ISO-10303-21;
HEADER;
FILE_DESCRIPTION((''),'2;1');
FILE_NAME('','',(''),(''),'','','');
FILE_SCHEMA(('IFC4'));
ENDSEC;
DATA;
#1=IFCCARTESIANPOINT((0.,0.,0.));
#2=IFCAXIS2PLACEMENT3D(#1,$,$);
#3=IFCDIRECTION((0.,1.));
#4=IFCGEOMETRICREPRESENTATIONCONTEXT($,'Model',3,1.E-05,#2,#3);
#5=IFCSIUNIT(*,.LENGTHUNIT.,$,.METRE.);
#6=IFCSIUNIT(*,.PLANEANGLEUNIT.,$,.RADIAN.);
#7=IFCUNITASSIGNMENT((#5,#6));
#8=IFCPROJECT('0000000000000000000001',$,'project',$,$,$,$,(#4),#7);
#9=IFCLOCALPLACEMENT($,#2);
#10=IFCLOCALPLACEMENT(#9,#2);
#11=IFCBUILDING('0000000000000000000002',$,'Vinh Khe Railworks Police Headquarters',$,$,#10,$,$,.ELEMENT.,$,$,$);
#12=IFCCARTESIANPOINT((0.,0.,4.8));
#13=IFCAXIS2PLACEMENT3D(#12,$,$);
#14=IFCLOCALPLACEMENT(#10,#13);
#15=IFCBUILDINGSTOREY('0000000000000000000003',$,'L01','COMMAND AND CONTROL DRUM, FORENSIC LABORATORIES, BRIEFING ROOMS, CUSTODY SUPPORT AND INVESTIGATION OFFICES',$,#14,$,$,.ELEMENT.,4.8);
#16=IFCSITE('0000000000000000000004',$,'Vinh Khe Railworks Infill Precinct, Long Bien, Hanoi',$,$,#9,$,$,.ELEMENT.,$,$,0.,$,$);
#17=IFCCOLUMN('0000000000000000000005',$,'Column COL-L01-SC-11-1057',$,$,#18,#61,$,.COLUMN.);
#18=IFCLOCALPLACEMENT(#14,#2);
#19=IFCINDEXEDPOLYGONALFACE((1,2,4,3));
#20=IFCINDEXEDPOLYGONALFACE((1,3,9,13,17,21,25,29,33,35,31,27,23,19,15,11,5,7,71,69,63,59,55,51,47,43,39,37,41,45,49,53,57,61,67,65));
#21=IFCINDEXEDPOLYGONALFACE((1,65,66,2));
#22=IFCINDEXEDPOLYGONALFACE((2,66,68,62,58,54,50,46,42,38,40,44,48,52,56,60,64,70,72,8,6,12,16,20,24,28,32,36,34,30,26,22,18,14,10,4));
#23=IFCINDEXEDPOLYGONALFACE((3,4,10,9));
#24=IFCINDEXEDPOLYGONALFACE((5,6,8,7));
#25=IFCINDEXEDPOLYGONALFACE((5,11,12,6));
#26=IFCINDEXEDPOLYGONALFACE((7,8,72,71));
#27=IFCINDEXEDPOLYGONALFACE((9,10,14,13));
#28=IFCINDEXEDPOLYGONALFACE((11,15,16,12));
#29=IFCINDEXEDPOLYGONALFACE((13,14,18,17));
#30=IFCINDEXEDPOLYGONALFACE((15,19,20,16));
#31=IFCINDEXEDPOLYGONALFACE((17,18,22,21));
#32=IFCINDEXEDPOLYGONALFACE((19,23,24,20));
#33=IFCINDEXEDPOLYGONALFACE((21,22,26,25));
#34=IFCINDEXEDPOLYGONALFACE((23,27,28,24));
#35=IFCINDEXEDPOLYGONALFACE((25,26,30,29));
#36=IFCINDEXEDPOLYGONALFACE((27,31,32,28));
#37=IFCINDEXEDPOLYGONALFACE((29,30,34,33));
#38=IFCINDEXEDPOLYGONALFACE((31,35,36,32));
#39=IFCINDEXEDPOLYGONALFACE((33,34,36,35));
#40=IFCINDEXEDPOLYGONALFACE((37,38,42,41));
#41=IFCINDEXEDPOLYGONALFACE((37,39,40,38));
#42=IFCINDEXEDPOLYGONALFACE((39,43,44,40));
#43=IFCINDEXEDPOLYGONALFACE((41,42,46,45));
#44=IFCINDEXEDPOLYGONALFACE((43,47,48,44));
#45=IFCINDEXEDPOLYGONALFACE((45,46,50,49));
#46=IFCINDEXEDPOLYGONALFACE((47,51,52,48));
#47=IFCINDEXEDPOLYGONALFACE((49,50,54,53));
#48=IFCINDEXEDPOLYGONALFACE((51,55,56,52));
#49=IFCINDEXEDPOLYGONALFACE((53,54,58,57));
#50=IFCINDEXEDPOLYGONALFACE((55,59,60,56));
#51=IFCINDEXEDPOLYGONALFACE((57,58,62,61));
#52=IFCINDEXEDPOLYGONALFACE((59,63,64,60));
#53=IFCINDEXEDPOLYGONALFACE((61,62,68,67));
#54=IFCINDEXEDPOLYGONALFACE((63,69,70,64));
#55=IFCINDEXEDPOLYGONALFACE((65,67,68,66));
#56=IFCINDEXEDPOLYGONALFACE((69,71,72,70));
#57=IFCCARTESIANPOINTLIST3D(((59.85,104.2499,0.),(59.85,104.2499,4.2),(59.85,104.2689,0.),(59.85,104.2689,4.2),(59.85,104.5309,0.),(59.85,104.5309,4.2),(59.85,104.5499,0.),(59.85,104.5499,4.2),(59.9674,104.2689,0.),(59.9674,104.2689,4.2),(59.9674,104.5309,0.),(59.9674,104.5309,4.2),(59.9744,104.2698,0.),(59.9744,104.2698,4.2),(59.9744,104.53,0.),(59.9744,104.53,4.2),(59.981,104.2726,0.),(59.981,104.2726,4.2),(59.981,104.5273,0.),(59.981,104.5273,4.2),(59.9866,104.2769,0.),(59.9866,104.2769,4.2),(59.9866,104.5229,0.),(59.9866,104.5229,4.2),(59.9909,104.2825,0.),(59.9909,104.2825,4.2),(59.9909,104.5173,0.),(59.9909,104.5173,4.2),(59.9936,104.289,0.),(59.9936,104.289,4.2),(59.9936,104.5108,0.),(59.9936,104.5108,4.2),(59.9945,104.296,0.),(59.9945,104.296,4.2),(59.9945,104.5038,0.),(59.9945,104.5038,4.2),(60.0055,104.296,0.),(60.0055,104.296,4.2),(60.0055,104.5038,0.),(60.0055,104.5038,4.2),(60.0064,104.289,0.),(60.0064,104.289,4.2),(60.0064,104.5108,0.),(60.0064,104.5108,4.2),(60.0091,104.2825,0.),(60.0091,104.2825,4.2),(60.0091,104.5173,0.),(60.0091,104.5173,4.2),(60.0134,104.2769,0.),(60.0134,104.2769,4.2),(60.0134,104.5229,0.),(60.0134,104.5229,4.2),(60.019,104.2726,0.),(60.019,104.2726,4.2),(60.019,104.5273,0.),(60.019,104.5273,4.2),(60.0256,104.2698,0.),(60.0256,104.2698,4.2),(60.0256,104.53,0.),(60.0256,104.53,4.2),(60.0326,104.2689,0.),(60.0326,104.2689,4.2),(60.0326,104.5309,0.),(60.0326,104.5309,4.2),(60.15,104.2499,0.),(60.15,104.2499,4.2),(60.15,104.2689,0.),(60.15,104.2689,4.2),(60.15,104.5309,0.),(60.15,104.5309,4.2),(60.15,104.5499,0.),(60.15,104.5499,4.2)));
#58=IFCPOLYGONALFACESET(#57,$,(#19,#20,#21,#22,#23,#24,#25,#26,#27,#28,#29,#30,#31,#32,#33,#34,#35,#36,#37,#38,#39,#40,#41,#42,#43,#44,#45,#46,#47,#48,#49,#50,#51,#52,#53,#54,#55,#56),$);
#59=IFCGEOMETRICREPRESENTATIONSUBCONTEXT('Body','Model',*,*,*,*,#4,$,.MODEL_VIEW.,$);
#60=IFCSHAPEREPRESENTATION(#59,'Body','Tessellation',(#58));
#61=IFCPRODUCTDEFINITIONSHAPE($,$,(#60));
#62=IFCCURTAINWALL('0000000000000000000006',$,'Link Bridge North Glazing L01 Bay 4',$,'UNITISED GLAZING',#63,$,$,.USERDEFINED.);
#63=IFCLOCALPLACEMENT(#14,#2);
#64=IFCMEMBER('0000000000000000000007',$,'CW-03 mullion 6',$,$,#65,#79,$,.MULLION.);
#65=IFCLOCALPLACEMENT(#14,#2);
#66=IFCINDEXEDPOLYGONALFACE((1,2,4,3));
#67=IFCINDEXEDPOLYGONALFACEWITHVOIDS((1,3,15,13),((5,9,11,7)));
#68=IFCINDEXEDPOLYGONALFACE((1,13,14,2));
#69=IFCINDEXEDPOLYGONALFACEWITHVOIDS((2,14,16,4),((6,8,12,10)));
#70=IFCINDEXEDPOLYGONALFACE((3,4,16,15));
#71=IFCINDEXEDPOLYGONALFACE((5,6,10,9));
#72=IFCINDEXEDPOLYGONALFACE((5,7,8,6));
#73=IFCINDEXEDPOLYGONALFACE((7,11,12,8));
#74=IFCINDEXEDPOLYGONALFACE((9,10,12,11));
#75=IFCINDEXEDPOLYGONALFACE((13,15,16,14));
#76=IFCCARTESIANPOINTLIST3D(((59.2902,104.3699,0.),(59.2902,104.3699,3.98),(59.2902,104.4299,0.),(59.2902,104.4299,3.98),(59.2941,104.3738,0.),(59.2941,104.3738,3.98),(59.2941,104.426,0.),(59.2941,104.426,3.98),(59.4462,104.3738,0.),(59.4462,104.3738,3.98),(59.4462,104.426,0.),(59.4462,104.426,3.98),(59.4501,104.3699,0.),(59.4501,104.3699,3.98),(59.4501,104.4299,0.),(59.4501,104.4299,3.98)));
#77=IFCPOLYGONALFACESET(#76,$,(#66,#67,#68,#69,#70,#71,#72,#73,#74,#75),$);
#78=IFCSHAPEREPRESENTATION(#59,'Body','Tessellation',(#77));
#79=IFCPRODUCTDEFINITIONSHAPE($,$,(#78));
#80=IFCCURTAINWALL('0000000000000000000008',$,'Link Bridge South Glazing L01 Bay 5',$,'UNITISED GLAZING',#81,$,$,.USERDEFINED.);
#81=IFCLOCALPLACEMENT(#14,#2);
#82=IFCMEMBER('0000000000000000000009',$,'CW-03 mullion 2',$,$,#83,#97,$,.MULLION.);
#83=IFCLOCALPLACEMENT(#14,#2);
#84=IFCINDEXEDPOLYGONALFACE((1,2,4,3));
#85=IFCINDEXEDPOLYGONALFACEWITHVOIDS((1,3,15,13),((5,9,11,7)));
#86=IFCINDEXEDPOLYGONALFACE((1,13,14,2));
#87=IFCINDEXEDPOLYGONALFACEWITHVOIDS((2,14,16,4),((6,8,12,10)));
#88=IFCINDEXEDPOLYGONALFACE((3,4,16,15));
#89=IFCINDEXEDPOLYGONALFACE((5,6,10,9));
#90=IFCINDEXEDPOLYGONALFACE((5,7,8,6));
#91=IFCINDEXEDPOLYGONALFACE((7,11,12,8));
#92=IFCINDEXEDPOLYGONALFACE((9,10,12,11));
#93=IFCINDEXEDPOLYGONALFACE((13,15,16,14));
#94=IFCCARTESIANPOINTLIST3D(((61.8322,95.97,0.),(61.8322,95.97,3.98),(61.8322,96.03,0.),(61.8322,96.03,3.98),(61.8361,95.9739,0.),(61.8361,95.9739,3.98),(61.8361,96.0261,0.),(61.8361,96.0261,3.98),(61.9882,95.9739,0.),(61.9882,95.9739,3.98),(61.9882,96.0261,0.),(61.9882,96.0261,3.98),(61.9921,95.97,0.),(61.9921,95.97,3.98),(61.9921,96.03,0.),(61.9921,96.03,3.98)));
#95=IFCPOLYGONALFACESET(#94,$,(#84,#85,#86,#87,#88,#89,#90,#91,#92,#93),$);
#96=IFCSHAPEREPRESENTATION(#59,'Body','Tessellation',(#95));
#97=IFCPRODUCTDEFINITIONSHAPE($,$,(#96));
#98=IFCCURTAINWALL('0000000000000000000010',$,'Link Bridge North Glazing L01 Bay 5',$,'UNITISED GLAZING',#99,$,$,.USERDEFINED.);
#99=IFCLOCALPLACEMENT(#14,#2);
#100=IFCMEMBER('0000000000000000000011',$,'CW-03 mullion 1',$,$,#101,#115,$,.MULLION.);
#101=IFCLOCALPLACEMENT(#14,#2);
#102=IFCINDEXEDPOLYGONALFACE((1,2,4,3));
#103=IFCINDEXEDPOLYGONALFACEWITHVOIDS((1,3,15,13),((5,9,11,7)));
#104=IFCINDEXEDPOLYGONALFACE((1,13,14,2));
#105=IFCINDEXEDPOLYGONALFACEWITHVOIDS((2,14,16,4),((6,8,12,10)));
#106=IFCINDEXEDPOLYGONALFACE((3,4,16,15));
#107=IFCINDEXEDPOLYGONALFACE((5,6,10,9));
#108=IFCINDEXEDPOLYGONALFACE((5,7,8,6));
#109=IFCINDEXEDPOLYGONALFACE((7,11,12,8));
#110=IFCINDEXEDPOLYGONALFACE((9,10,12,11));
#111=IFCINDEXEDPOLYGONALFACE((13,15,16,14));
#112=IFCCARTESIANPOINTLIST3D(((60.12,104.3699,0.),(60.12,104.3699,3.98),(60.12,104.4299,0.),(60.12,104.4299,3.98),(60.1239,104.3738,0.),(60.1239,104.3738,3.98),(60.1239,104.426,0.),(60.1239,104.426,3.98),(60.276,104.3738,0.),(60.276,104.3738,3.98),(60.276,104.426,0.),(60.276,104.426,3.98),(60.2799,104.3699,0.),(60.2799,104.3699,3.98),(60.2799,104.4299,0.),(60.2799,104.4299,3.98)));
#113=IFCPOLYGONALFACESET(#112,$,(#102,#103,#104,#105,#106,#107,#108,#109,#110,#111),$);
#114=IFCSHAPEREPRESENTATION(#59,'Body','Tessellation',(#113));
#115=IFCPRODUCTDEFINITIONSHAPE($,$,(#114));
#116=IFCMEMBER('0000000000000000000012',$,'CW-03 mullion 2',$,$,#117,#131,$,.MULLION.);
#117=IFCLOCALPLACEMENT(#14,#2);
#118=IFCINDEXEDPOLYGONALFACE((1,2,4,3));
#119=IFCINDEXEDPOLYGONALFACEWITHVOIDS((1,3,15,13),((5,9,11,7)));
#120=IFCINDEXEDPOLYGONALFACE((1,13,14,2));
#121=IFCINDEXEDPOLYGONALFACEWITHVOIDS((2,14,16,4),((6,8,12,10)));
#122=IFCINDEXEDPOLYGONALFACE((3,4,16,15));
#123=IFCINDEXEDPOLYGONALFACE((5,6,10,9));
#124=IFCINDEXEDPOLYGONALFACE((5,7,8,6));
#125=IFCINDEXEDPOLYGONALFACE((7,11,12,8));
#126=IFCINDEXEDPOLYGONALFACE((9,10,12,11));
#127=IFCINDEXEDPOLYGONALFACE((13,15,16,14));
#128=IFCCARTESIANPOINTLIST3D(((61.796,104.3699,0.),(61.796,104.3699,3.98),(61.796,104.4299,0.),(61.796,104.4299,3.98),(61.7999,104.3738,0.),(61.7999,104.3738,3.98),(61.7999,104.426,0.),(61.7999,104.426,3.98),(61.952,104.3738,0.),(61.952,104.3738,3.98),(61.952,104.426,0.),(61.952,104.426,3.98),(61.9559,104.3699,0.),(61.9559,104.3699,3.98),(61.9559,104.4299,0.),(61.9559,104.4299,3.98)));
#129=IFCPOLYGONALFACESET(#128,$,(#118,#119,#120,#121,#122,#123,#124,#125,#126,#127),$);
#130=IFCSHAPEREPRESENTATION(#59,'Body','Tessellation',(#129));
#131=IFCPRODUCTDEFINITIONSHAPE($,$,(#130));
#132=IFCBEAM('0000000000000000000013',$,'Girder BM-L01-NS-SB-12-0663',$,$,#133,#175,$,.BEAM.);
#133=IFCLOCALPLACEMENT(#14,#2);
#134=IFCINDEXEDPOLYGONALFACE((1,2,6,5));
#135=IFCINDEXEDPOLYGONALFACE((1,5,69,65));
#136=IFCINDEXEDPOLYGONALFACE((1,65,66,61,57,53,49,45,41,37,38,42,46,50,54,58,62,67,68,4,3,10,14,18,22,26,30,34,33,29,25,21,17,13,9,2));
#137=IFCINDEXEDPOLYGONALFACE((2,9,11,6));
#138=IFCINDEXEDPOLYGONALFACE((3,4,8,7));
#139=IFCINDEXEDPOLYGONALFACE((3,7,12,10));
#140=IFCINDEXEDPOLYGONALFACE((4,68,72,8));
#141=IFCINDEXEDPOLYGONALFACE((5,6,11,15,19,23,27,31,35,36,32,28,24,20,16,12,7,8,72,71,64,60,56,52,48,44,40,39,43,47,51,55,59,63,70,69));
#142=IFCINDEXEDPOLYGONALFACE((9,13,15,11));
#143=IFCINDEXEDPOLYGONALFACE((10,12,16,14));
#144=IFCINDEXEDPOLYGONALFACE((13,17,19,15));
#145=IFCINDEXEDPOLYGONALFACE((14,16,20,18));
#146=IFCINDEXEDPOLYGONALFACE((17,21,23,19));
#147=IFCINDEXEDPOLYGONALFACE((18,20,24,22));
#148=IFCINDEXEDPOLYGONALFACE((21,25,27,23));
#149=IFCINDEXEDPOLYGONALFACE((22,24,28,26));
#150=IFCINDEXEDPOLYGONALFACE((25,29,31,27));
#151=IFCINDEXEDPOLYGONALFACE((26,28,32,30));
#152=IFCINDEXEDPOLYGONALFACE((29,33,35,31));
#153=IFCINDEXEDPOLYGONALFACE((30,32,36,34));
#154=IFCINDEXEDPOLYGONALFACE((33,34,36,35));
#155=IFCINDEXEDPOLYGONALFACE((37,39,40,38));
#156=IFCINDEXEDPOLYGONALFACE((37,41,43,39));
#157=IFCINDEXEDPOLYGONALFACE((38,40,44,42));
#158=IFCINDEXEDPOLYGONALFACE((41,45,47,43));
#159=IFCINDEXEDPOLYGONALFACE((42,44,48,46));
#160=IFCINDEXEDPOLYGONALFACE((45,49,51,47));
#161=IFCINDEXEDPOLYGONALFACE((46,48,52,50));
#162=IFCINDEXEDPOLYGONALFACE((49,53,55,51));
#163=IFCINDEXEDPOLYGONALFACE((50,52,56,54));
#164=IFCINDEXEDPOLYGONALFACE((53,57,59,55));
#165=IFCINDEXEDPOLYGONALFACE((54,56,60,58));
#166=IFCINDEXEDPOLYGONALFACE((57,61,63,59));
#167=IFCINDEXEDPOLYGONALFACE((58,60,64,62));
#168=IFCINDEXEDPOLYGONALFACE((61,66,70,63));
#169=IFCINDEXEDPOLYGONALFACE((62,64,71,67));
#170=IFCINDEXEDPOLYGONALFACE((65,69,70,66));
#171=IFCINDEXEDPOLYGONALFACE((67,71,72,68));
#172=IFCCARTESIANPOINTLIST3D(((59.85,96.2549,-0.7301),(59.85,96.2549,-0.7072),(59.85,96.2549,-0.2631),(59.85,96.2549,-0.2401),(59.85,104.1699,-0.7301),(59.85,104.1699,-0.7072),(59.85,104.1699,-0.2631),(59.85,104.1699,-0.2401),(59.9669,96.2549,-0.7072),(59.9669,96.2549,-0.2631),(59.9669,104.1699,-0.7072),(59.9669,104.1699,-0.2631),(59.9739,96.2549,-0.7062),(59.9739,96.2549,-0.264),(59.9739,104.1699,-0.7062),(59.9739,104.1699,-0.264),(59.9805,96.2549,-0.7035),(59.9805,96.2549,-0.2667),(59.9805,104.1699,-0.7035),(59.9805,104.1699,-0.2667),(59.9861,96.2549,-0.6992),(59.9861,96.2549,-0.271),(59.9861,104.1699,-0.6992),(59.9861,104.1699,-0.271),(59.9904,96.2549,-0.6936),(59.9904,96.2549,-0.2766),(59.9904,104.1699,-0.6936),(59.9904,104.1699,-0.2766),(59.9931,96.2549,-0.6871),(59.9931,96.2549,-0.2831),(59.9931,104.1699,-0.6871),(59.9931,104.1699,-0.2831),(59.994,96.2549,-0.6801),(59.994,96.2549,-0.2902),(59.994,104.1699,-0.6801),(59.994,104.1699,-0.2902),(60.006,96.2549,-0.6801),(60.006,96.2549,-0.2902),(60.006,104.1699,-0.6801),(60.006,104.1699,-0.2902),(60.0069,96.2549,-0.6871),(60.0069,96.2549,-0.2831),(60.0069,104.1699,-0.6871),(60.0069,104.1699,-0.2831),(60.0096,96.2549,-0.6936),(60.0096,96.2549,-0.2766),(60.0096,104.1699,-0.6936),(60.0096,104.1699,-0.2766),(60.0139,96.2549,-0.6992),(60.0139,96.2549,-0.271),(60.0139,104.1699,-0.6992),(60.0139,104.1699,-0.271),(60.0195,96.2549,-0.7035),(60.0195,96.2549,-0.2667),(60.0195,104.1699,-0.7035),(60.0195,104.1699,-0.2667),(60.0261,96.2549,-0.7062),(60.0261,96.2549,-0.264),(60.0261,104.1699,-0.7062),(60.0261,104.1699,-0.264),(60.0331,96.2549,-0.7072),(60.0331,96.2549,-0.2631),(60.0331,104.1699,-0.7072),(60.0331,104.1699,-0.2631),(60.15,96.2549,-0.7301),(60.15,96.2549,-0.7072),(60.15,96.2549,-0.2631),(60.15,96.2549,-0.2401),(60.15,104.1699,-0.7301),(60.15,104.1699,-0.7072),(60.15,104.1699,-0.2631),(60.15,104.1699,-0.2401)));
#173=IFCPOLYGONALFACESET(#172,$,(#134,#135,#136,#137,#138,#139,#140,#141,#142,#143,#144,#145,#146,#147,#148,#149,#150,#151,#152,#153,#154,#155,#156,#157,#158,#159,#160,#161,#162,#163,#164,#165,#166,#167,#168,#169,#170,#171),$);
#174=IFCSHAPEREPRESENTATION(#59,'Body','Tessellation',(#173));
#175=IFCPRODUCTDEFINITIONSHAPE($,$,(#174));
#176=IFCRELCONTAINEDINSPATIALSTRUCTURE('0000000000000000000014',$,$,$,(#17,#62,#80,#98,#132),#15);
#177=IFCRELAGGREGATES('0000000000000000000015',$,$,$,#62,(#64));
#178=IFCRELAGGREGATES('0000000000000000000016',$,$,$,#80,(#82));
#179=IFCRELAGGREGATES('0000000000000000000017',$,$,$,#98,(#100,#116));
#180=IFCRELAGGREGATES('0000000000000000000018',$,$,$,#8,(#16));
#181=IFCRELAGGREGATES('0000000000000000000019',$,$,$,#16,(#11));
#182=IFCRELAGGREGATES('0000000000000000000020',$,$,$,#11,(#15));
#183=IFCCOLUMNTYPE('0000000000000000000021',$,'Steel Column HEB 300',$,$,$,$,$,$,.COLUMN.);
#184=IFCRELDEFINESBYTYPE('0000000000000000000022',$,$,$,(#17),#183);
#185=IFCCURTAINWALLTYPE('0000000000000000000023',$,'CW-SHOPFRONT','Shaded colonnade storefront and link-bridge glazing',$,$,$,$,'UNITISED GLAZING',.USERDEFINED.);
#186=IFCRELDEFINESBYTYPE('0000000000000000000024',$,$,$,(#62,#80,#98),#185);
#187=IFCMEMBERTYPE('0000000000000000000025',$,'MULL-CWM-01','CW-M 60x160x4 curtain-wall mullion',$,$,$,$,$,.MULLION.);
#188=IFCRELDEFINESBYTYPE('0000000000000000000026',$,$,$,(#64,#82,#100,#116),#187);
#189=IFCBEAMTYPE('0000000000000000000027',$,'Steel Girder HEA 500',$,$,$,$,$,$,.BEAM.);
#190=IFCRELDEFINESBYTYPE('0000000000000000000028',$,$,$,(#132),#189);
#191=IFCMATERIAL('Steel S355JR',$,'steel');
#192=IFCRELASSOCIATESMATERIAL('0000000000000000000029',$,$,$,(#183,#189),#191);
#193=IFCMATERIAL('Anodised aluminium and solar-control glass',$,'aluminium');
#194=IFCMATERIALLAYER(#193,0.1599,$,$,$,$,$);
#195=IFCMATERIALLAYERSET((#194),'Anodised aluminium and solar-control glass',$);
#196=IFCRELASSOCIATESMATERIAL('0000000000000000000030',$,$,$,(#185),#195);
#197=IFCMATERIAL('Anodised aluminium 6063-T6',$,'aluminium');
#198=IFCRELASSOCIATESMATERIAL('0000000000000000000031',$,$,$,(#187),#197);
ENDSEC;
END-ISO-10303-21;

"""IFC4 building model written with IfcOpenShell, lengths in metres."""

from ifc_helpers import new_model, si_unit, direction, frame, origin, origin_2d, place, context, subcontext, project, spatial, hollow_rectangle, i_section, extrude, material, layer, layer_set, material_profile, profile_set, type_object, element, aggregate, save


model = new_model("IFC4")

# Units and contexts
model_context = context("Model", 3, precision=1e-05, world=origin(), true_north=direction((0.0, 1.0)))
body_context = subcontext(model_context, "Body", "Model", "MODEL_VIEW")
ifc_project = project(units=[si_unit("LENGTHUNIT", "METRE"), si_unit("PLANEANGLEUNIT", "RADIAN")], contexts=[model_context])

# Site, building, storey
site_placement = place(None, origin())
site = spatial("IfcSite", under=ifc_project, at=site_placement, Name="Vinh Khe Railworks Infill Precinct, Long Bien, Hanoi", CompositionType="ELEMENT", RefElevation=0.0)
building_placement = place(site_placement, origin())
building = spatial("IfcBuilding", under=site, at=building_placement, Name="Vinh Khe Railworks Police Headquarters", CompositionType="ELEMENT")
storey_placement = place(building_placement, frame((0.0, 0.0, 4.8)))
storey = spatial("IfcBuildingStorey", under=building, at=storey_placement, Name="L01", Description="COMMAND AND CONTROL DRUM, FORENSIC LABORATORIES, BRIEFING ROOMS, CUSTODY SUPPORT AND INVESTIGATION OFFICES", CompositionType="ELEMENT", Elevation=4.8)

# Column
ifc_material_1 = material(Name="Steel S355JR", Category="steel")
ifc_material_profile_1 = material_profile(ifc_material_1, i_section(OverallWidth=0.3, OverallDepth=0.3, WebThickness=0.011, FlangeThickness=0.019, FilletRadius=0.0271, at=origin_2d()), Name="HEB 300")
ifc_profile_set_1 = profile_set([ifc_material_profile_1], Name="Steel S355JR")
column_type = type_object("IfcColumnType", Name="Steel Column HEB 300", PredefinedType="COLUMN", material=ifc_profile_set_1)
column_placement = place(storey_placement, frame((60.0, 104.3999, 0.0), z_axis=(0.0, 0.0, 1.0), x_axis=(1.0, 0.0, 0.0)))
element("IfcColumn", 1, at=column_placement, inside=storey, type_object=column_type, Name="Column COL-L01-SC-11-1057", PredefinedType="COLUMN", context=body_context, shape_type="SweptSolid", body=[
    extrude(i_section(OverallWidth=0.3, OverallDepth=0.3, WebThickness=0.011, FlangeThickness=0.019, FilletRadius=0.0271, at=origin_2d()), origin(), (0.0, 0.0, 1.0), 4.2),
])

# Curtain walls, members
ifc_material_2 = material(Name="Anodised aluminium and solar-control glass", Category="aluminium")
ifc_layer_1 = layer(ifc_material_2, 0.1599)
ifc_layer_set_1 = layer_set([ifc_layer_1], Name="Anodised aluminium and solar-control glass")
curtain_wall_type = type_object("IfcCurtainWallType", Name="CW-SHOPFRONT", Description="Shaded colonnade storefront and link-bridge glazing", ElementType="UNITISED GLAZING", PredefinedType="USERDEFINED", material=ifc_layer_set_1)
curtain_wall_1_placement = place(storey_placement, origin())
curtain_wall_1 = element("IfcCurtainWall", 2, at=curtain_wall_1_placement, inside=storey, type_object=curtain_wall_type, Name="Link Bridge North Glazing L01 Bay 4", ObjectType="UNITISED GLAZING", PredefinedType="USERDEFINED")
ifc_material_3 = material(Name="Anodised aluminium 6063-T6", Category="aluminium")
ifc_material_profile_2 = material_profile(ifc_material_3, hollow_rectangle(XDim=0.0601, YDim=0.1599, WallThickness=0.0039, at=origin_2d()), Name="CW-M 60x160x4")
ifc_profile_set_2 = profile_set([ifc_material_profile_2], Name="Anodised aluminium 6063-T6")
member_type_1 = type_object("IfcMemberType", Name="MULL-CWM-01", Description="CW-M 60x160x4 curtain-wall mullion", PredefinedType="MULLION", material=ifc_profile_set_2)
member_1_placement = place(storey_placement, frame((59.3701, 104.3999, 0.0), z_axis=(0.0, 0.0, 1.0), x_axis=(0.0, 1.0, 0.0)))
member_1 = element("IfcMember", 3, at=member_1_placement, type_object=member_type_1, Name="CW-03 mullion 6", PredefinedType="MULLION", context=body_context, shape_type="SweptSolid", body=[
    extrude(hollow_rectangle(XDim=0.0601, YDim=0.1599, WallThickness=0.0039, at=origin_2d()), origin(), (0.0, 0.0, 1.0), 3.98),
])
aggregate(curtain_wall_1, [member_1])
curtain_wall_2_placement = place(storey_placement, origin())
curtain_wall_2 = element("IfcCurtainWall", 4, at=curtain_wall_2_placement, inside=storey, type_object=curtain_wall_type, Name="Link Bridge South Glazing L01 Bay 5", ObjectType="UNITISED GLAZING", PredefinedType="USERDEFINED")
member_2_placement = place(storey_placement, frame((61.9121, 96.0, 0.0), z_axis=(0.0, 0.0, 1.0), x_axis=(0.0, 1.0, 0.0)))
member_2 = element("IfcMember", 5, at=member_2_placement, type_object=member_type_1, Name="CW-03 mullion 2", PredefinedType="MULLION", context=body_context, shape_type="SweptSolid", body=[
    extrude(hollow_rectangle(XDim=0.0601, YDim=0.1599, WallThickness=0.0039, at=origin_2d()), origin(), (0.0, 0.0, 1.0), 3.98),
])

# Curtain wall, members
curtain_wall_3_placement = place(storey_placement, origin())
curtain_wall_3 = element("IfcCurtainWall", 6, at=curtain_wall_3_placement, inside=storey, type_object=curtain_wall_type, Name="Link Bridge North Glazing L01 Bay 5", ObjectType="UNITISED GLAZING", PredefinedType="USERDEFINED")
member_3_placement = place(storey_placement, frame((60.2, 104.3999, 0.0), z_axis=(0.0, 0.0, 1.0), x_axis=(0.0, 1.0, 0.0)))
member_3 = element("IfcMember", 7, at=member_3_placement, type_object=member_type_1, Name="CW-03 mullion 1", PredefinedType="MULLION", context=body_context, shape_type="SweptSolid", body=[
    extrude(hollow_rectangle(XDim=0.0601, YDim=0.1599, WallThickness=0.0039, at=origin_2d()), origin(), (0.0, 0.0, 1.0), 3.98),
])
member_4_placement = place(storey_placement, frame((61.876, 104.3999, 0.0), z_axis=(0.0, 0.0, 1.0), x_axis=(0.0, 1.0, 0.0)))
member_4 = element("IfcMember", 8, at=member_4_placement, type_object=member_type_1, Name="CW-03 mullion 2", PredefinedType="MULLION", context=body_context, shape_type="SweptSolid", body=[
    extrude(hollow_rectangle(XDim=0.0601, YDim=0.1599, WallThickness=0.0039, at=origin_2d()), origin(), (0.0, 0.0, 1.0), 3.98),
])

# Beam
ifc_material_profile_3 = material_profile(ifc_material_1, i_section(OverallWidth=0.3, OverallDepth=0.49, WebThickness=0.012, FlangeThickness=0.0229, FilletRadius=0.0271, at=origin_2d()), Name="HEA 500")
ifc_profile_set_3 = profile_set([ifc_material_profile_3], Name="Steel S355JR")
beam_type_1 = type_object("IfcBeamType", Name="Steel Girder HEA 500", PredefinedType="BEAM", material=ifc_profile_set_3)
beam_1_placement = place(storey_placement, frame((60.0, 96.2549, -0.4851), z_axis=(0.0, 1.0, 0.0), x_axis=(-1.0, 0.0, 0.0)))
element("IfcBeam", 9, at=beam_1_placement, inside=storey, type_object=beam_type_1, Name="Girder BM-L01-NS-SB-12-0663", PredefinedType="BEAM", context=body_context, shape_type="SweptSolid", body=[
    extrude(i_section(OverallWidth=0.3, OverallDepth=0.49, WebThickness=0.012, FlangeThickness=0.0229, FilletRadius=0.0271, at=origin_2d()), origin(), (0.0, 0.0, 1.0), 7.915),
])

aggregate(curtain_wall_2, [member_2])
aggregate(curtain_wall_3, [member_3, member_4])

save(model, "model.ifc")
